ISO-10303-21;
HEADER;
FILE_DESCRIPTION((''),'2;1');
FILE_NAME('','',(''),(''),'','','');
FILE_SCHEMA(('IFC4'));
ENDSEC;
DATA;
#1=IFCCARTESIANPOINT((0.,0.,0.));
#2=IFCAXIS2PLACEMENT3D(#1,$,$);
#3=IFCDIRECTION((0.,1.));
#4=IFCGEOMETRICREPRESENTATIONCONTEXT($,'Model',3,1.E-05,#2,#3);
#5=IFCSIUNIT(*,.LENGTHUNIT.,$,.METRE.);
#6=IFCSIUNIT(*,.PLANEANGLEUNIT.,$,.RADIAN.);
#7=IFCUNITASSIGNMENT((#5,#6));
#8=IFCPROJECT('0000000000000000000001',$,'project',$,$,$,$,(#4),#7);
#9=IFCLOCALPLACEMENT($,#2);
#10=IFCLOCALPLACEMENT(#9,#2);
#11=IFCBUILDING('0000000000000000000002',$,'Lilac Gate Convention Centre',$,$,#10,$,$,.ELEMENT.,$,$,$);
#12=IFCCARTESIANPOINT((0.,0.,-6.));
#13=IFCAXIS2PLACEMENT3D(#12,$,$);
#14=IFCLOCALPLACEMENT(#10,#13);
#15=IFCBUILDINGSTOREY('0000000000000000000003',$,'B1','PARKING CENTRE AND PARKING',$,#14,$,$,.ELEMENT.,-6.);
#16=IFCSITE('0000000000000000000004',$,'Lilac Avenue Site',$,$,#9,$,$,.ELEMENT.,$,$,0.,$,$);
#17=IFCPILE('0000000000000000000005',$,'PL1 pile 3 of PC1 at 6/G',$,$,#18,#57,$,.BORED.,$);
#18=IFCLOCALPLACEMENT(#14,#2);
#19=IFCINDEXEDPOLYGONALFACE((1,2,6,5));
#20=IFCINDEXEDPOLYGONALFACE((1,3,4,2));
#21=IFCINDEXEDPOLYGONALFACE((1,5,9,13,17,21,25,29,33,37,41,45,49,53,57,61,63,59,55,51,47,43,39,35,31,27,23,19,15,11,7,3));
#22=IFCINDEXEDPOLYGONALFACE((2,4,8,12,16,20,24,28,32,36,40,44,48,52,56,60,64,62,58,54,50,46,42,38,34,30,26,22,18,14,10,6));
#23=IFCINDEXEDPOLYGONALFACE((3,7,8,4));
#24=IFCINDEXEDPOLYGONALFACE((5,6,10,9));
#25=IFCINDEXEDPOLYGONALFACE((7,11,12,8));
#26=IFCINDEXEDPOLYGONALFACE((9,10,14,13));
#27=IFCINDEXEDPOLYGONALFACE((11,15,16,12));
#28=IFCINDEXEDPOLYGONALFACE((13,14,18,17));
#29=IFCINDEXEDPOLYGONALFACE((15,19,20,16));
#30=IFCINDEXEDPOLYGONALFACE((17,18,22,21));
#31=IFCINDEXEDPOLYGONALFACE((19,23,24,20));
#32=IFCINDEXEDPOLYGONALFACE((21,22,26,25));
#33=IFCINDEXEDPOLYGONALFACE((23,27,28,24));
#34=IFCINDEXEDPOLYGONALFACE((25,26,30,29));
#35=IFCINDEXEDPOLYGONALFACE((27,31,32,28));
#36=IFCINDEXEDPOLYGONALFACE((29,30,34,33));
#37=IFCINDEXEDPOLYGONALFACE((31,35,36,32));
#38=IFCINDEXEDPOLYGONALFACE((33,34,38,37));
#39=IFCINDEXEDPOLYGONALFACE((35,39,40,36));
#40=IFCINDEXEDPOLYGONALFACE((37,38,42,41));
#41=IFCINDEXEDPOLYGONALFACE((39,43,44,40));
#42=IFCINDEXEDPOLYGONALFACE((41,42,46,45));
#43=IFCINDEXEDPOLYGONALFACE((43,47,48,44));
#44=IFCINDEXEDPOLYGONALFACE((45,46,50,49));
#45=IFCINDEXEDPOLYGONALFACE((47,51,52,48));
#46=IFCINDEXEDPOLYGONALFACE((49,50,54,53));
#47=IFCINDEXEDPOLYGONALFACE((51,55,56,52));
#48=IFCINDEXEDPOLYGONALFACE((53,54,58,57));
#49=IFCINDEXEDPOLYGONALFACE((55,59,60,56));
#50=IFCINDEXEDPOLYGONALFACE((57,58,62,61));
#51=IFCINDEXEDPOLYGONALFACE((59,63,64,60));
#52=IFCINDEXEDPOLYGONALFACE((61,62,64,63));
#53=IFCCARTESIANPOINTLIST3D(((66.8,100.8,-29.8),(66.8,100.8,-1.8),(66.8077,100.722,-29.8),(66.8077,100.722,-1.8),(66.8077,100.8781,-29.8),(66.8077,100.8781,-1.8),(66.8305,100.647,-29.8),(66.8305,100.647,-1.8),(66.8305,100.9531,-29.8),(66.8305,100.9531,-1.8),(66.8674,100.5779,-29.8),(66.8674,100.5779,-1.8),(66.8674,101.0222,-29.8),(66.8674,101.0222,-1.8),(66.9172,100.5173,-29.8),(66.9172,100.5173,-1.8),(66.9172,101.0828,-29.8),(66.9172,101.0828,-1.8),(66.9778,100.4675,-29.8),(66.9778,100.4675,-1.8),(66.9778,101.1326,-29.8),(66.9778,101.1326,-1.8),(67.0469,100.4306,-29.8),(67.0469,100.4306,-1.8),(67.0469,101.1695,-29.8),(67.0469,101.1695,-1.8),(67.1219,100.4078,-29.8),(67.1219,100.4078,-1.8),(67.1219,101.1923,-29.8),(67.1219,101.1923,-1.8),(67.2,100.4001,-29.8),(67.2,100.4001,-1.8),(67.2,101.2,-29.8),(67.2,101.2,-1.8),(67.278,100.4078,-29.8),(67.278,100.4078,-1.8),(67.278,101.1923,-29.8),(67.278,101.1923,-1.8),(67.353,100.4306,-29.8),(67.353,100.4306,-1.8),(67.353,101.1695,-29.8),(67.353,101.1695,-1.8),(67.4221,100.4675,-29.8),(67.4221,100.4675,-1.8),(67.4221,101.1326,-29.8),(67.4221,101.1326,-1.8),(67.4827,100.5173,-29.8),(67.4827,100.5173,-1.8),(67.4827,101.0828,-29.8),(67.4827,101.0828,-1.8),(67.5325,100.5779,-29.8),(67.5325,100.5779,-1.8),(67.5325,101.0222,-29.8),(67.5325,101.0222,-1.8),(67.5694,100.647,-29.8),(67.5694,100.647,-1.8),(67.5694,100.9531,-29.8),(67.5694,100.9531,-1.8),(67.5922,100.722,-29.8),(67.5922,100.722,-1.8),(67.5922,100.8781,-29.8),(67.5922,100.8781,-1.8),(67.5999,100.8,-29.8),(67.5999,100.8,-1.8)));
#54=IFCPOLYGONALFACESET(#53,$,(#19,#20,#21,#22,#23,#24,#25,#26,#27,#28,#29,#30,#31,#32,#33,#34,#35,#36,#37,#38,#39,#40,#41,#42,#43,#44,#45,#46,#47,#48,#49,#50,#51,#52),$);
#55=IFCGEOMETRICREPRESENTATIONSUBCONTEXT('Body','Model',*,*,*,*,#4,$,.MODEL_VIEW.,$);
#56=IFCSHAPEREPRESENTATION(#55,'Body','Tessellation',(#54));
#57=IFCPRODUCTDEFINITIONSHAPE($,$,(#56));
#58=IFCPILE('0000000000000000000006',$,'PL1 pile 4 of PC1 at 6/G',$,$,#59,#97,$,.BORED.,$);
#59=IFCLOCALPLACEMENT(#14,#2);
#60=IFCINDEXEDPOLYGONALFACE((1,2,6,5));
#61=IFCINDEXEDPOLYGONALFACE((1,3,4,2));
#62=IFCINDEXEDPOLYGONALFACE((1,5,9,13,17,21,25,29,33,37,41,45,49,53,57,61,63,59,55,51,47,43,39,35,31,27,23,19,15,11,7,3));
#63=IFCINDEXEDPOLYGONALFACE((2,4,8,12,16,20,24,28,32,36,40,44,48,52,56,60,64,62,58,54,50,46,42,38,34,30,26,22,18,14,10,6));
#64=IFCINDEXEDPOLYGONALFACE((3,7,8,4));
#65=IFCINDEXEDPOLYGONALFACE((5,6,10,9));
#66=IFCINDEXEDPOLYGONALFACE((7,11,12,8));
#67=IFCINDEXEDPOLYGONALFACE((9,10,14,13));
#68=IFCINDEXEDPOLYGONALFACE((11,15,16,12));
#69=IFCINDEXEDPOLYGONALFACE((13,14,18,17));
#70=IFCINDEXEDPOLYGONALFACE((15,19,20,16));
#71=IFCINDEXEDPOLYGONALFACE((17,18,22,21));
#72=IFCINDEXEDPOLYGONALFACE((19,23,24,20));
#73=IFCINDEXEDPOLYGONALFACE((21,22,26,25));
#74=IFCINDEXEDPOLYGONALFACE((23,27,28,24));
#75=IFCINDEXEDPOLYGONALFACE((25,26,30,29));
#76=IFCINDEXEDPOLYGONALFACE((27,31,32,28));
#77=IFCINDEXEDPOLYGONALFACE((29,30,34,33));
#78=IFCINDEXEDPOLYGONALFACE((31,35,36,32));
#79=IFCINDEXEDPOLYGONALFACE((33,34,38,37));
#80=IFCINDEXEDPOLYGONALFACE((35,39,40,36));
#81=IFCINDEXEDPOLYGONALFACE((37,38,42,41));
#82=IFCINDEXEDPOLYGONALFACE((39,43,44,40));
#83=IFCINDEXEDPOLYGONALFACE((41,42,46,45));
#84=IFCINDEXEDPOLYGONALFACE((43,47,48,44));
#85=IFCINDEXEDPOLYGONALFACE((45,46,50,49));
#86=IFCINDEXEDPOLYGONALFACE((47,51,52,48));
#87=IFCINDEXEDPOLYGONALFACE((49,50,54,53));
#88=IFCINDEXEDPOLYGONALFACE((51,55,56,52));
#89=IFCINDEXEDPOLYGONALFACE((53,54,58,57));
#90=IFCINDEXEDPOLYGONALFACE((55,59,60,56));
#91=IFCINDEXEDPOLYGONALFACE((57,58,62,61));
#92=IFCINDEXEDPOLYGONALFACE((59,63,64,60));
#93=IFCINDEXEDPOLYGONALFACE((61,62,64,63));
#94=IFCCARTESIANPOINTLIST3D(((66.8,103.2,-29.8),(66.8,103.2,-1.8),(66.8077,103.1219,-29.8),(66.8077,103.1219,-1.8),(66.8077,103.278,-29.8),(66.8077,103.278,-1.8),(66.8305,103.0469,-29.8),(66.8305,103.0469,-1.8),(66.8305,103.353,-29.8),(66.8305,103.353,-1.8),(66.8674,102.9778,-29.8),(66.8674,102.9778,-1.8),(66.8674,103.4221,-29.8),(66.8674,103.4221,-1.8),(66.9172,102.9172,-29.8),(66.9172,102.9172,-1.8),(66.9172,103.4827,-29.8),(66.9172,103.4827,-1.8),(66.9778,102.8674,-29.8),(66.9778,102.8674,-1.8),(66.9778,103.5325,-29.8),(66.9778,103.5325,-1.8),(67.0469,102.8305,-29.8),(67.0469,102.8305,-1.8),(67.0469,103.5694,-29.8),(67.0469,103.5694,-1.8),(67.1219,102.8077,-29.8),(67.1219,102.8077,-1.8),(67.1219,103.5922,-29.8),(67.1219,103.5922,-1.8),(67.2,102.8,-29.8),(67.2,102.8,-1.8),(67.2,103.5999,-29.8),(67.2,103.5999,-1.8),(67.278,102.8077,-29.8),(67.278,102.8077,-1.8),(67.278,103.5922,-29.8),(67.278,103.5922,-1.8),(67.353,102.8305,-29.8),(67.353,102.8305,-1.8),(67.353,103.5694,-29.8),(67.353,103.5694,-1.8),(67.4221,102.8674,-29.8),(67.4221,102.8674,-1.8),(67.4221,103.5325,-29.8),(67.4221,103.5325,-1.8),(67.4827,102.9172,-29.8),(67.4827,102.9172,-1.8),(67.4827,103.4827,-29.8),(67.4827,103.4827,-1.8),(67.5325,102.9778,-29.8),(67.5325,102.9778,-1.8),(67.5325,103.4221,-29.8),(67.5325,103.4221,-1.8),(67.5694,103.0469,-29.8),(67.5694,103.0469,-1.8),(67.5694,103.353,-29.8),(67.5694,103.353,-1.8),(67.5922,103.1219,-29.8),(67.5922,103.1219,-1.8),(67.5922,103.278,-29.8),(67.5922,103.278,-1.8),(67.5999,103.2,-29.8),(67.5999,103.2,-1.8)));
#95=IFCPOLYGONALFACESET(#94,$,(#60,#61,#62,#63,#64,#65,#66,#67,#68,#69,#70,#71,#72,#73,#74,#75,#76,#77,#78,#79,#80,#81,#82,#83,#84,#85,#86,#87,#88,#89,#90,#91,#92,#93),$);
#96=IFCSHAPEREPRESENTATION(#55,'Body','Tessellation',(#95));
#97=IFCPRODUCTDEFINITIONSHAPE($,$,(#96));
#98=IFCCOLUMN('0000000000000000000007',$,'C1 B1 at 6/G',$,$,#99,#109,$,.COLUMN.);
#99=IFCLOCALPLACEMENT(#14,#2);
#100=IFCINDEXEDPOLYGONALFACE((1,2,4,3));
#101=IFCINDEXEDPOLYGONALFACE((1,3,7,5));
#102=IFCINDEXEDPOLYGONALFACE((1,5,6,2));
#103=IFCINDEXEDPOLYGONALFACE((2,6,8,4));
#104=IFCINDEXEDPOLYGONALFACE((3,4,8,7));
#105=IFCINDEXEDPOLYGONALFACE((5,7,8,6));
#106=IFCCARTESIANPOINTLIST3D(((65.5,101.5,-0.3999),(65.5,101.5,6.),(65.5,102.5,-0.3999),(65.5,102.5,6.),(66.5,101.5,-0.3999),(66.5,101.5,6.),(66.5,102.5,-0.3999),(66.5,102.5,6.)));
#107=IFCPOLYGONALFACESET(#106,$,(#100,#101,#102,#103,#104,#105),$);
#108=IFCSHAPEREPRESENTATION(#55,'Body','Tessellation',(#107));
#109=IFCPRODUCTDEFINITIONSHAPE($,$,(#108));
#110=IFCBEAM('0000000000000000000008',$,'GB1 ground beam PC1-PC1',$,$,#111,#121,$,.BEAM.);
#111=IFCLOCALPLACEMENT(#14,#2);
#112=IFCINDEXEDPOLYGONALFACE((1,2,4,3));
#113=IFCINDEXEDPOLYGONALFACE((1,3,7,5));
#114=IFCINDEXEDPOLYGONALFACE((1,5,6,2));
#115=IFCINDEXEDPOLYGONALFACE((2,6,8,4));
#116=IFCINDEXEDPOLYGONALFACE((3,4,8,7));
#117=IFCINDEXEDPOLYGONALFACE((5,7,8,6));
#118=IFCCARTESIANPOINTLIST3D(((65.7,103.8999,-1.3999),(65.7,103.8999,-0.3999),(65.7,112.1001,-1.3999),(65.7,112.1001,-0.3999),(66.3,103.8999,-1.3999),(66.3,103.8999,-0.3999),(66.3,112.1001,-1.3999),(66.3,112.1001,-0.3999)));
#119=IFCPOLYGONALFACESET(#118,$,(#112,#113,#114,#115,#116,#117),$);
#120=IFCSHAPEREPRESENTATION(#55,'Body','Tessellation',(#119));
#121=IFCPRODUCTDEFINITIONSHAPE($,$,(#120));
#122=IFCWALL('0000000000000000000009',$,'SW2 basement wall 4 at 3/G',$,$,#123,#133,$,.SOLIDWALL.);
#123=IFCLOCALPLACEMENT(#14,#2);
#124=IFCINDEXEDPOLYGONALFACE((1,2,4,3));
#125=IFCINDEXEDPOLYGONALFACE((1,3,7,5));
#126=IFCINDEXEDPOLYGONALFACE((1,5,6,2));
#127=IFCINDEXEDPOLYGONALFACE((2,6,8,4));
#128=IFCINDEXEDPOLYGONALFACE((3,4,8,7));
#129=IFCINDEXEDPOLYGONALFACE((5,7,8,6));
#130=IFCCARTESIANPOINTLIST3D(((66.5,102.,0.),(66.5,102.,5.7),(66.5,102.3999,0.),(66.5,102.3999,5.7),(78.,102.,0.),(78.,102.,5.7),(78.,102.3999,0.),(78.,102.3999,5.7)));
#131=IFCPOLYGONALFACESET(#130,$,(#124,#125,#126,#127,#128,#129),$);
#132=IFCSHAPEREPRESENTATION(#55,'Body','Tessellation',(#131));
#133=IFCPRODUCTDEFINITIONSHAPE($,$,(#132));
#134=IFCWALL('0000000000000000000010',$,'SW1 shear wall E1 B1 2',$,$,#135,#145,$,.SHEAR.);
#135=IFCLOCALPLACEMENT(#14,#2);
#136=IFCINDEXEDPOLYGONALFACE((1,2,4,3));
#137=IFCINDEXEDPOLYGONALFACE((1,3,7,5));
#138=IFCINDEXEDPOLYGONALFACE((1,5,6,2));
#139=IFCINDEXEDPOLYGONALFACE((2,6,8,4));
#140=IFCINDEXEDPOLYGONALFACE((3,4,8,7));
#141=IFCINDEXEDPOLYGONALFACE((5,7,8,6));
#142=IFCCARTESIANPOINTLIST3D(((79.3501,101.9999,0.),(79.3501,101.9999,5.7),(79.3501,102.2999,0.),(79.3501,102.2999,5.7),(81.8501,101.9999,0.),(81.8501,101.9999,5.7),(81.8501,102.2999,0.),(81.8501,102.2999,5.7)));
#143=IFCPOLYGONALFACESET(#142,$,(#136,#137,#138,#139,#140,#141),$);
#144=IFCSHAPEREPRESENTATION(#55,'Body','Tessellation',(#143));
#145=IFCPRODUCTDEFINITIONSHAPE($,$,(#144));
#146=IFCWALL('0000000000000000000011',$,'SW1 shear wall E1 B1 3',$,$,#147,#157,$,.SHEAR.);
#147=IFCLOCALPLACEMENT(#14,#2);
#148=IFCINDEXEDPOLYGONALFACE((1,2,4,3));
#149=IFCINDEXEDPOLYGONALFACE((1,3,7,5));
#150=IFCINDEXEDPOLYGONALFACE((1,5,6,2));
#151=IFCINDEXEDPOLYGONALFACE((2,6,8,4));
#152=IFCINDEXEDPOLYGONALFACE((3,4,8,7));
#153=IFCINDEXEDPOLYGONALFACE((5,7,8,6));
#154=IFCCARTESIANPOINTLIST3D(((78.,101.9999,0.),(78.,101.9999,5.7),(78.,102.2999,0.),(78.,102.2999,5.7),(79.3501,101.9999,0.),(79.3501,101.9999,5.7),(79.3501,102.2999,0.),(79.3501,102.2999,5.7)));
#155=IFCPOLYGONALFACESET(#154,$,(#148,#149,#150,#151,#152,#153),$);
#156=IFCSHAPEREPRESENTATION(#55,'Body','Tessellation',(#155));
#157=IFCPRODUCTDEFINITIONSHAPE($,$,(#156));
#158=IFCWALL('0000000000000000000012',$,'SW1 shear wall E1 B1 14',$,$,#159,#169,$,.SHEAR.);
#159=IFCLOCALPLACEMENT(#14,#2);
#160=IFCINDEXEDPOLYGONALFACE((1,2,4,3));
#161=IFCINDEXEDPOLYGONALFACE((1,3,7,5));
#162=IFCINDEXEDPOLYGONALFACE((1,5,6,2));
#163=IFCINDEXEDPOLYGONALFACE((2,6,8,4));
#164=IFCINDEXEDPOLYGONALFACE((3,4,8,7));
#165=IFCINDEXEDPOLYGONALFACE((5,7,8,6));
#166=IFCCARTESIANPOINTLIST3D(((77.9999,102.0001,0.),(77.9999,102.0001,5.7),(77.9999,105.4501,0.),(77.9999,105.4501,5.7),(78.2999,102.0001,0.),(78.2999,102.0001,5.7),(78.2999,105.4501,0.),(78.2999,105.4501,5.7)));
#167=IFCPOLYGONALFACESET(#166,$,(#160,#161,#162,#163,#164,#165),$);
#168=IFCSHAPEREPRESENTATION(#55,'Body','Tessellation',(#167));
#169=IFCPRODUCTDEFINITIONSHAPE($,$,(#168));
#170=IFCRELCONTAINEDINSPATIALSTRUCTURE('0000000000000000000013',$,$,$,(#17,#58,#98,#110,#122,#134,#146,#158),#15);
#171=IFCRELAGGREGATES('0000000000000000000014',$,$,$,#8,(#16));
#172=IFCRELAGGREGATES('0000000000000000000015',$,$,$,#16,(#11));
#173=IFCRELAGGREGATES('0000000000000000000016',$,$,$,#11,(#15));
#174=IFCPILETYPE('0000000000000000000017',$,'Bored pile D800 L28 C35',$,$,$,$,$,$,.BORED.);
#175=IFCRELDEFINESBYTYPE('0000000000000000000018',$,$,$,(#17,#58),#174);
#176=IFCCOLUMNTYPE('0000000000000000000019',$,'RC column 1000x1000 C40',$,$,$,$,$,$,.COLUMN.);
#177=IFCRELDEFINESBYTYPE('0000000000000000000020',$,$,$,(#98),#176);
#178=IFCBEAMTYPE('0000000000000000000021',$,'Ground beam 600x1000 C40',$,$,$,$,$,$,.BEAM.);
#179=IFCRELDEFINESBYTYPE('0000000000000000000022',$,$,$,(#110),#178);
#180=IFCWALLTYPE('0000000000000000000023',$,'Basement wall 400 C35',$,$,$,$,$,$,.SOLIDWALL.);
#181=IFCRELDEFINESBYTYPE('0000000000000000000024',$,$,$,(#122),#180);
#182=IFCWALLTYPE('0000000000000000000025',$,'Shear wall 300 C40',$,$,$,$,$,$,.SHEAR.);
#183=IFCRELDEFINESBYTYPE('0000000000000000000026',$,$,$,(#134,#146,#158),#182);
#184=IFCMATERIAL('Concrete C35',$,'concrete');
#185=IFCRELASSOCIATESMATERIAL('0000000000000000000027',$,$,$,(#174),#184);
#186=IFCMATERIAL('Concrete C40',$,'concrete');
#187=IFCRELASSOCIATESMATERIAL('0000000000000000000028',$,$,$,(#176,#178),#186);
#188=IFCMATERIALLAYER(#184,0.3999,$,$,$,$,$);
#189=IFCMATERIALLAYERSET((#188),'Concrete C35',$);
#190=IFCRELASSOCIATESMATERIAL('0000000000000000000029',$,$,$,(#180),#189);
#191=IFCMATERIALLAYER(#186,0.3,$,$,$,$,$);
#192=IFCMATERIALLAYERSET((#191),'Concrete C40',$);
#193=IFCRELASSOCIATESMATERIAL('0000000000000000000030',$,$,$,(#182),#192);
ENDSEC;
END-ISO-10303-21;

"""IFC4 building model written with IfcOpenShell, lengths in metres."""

from ifc_helpers import new_model, si_unit, direction, frame, frame_2d, origin, origin_2d, place, context, subcontext, project, spatial, rectangle, circle, extrude, material, layer, layer_set, material_profile, profile_set, type_object, element, save


model = new_model("IFC4")

# Units and contexts
model_context = context("Model", 3, precision=1e-05, world=origin(), true_north=direction((0.0, 1.0)))
body_context = subcontext(model_context, "Body", "Model", "MODEL_VIEW")
ifc_project = project(units=[si_unit("LENGTHUNIT", "METRE"), si_unit("PLANEANGLEUNIT", "RADIAN")], contexts=[model_context])

# Site, building, storey
site_placement = place(None, origin())
site = spatial("IfcSite", under=ifc_project, at=site_placement, Name="Lilac Avenue Site", CompositionType="ELEMENT", RefElevation=0.0)
building_placement = place(site_placement, origin())
building = spatial("IfcBuilding", under=site, at=building_placement, Name="Lilac Gate Convention Centre", CompositionType="ELEMENT")
storey_placement = place(building_placement, frame((0.0, 0.0, -6.0)))
storey = spatial("IfcBuildingStorey", under=building, at=storey_placement, Name="B1", Description="PARKING CENTRE AND PARKING", CompositionType="ELEMENT", Elevation=-6.0)

# Piles
ifc_material_1 = material(Name="Concrete C35", Category="concrete")
ifc_material_profile_1 = material_profile(ifc_material_1, circle(Radius=0.3999, at=origin_2d()), Name="D800")
ifc_profile_set_1 = profile_set([ifc_material_profile_1], Name="Concrete C35")
pile_type = type_object("IfcPileType", Name="Bored pile D800 L28 C35", PredefinedType="BORED", material=ifc_profile_set_1)
for number, where, z_axis, x_axis, name in (
    (1, (67.2, 100.8, -1.8), (0.0, 0.0, -1.0), (1.0, 0.0, 0.0), "PL1 pile 3 of PC1 at 6/G"),
    (2, (67.2, 103.2, -1.8), (0.0, 0.0, -1.0), (1.0, 0.0, 0.0), "PL1 pile 4 of PC1 at 6/G"),
):
    element("IfcPile", number, at=place(storey_placement, frame(where, z_axis=z_axis, x_axis=x_axis)), inside=storey, type_object=pile_type, Name=name, PredefinedType="BORED", context=body_context, shape_type="SweptSolid", body=[
        extrude(circle(Radius=0.3999, at=origin_2d()), origin(), (0.0, 0.0, 1.0), 28.0),
    ])

# Column
ifc_material_2 = material(Name="Concrete C40", Category="concrete")
ifc_material_profile_2 = material_profile(ifc_material_2, rectangle(XDim=1.0, YDim=1.0, at=origin_2d()), Name="RC 1000x1000")
ifc_profile_set_2 = profile_set([ifc_material_profile_2], Name="Concrete C40")
column_type = type_object("IfcColumnType", Name="RC column 1000x1000 C40", PredefinedType="COLUMN", material=ifc_profile_set_2)
column_placement = place(storey_placement, frame((66.0, 102.0, -0.3999), z_axis=(0.0, 0.0, 1.0), x_axis=(1.0, 0.0, 0.0)))
element("IfcColumn", 3, at=column_placement, inside=storey, type_object=column_type, Name="C1 B1 at 6/G", PredefinedType="COLUMN", context=body_context, shape_type="SweptSolid", body=[
    extrude(rectangle(XDim=1.0, YDim=1.0, at=origin_2d()), origin(), (0.0, 0.0, 1.0), 6.3999),
])

# Beam
ifc_material_profile_3 = material_profile(ifc_material_2, rectangle(XDim=0.6001, YDim=1.0, at=origin_2d()), Name="RC 600x1000")
ifc_profile_set_3 = profile_set([ifc_material_profile_3], Name="Concrete C40")
beam_type = type_object("IfcBeamType", Name="Ground beam 600x1000 C40", PredefinedType="BEAM", material=ifc_profile_set_3)
beam_placement = place(storey_placement, frame((66.0, 103.8999, -0.8999), z_axis=(0.0, 1.0, 0.0), x_axis=(-1.0, 0.0, 0.0)))
element("IfcBeam", 4, at=beam_placement, inside=storey, type_object=beam_type, Name="GB1 ground beam PC1-PC1", PredefinedType="BEAM", context=body_context, shape_type="SweptSolid", body=[
    extrude(rectangle(XDim=0.6001, YDim=1.0, at=origin_2d()), origin(), (0.0, 0.0, 1.0), 8.2002),
])

# Walls
ifc_layer_1 = layer(ifc_material_1, 0.3999)
ifc_layer_set_1 = layer_set([ifc_layer_1], Name="Concrete C35")
wall_type_1 = type_object("IfcWallType", Name="Basement wall 400 C35", PredefinedType="SOLIDWALL", material=ifc_layer_set_1)
wall_1_placement = place(storey_placement, frame((66.5, 102.2, 0.0), z_axis=(0.0, 0.0, 1.0), x_axis=(1.0, 0.0, 0.0)))
element("IfcWall", 5, at=wall_1_placement, inside=storey, type_object=wall_type_1, Name="SW2 basement wall 4 at 3/G", PredefinedType="SOLIDWALL", context=body_context, shape_type="SweptSolid", body=[
    extrude(rectangle(XDim=11.5, YDim=0.3999, at=frame_2d((5.75, 0.0))), origin(), (0.0, 0.0, 1.0), 5.7),
])
ifc_layer_2 = layer(ifc_material_2, 0.3)
ifc_layer_set_2 = layer_set([ifc_layer_2], Name="Concrete C40")
wall_type_2 = type_object("IfcWallType", Name="Shear wall 300 C40", PredefinedType="SHEAR", material=ifc_layer_set_2)
wall_2_placement = place(storey_placement, frame((81.8501, 102.1499, 0.0), z_axis=(0.0, 0.0, 1.0), x_axis=(-1.0, 0.0, 0.0)))
element("IfcWall", 6, at=wall_2_placement, inside=storey, type_object=wall_type_2, Name="SW1 shear wall E1 B1 2", PredefinedType="SHEAR", context=body_context, shape_type="SweptSolid", body=[
    extrude(rectangle(XDim=2.5, YDim=0.3, at=frame_2d((1.25, 0.0))), origin(), (0.0, 0.0, 1.0), 5.7),
])
wall_3_placement = place(storey_placement, frame((79.3501, 102.1499, 0.0), z_axis=(0.0, 0.0, 1.0), x_axis=(-1.0, 0.0, 0.0)))
element("IfcWall", 7, at=wall_3_placement, inside=storey, type_object=wall_type_2, Name="SW1 shear wall E1 B1 3", PredefinedType="SHEAR", context=body_context, shape_type="SweptSolid", body=[
    extrude(rectangle(XDim=1.3501, YDim=0.3, at=frame_2d((0.675, 0.0))), origin(), (0.0, 0.0, 1.0), 5.7),
])
wall_4_placement = place(storey_placement, frame((78.1499, 102.0, 0.0), z_axis=(0.0, 0.0, 1.0), x_axis=(0.0, 1.0, 0.0)))
element("IfcWall", 8, at=wall_4_placement, inside=storey, type_object=wall_type_2, Name="SW1 shear wall E1 B1 14", PredefinedType="SHEAR", context=body_context, shape_type="SweptSolid", body=[
    extrude(rectangle(XDim=3.45, YDim=0.3, at=frame_2d((1.7251, 0.0))), origin(), (0.0, 0.0, 1.0), 5.7),
])

save(model, "model.ifc")
